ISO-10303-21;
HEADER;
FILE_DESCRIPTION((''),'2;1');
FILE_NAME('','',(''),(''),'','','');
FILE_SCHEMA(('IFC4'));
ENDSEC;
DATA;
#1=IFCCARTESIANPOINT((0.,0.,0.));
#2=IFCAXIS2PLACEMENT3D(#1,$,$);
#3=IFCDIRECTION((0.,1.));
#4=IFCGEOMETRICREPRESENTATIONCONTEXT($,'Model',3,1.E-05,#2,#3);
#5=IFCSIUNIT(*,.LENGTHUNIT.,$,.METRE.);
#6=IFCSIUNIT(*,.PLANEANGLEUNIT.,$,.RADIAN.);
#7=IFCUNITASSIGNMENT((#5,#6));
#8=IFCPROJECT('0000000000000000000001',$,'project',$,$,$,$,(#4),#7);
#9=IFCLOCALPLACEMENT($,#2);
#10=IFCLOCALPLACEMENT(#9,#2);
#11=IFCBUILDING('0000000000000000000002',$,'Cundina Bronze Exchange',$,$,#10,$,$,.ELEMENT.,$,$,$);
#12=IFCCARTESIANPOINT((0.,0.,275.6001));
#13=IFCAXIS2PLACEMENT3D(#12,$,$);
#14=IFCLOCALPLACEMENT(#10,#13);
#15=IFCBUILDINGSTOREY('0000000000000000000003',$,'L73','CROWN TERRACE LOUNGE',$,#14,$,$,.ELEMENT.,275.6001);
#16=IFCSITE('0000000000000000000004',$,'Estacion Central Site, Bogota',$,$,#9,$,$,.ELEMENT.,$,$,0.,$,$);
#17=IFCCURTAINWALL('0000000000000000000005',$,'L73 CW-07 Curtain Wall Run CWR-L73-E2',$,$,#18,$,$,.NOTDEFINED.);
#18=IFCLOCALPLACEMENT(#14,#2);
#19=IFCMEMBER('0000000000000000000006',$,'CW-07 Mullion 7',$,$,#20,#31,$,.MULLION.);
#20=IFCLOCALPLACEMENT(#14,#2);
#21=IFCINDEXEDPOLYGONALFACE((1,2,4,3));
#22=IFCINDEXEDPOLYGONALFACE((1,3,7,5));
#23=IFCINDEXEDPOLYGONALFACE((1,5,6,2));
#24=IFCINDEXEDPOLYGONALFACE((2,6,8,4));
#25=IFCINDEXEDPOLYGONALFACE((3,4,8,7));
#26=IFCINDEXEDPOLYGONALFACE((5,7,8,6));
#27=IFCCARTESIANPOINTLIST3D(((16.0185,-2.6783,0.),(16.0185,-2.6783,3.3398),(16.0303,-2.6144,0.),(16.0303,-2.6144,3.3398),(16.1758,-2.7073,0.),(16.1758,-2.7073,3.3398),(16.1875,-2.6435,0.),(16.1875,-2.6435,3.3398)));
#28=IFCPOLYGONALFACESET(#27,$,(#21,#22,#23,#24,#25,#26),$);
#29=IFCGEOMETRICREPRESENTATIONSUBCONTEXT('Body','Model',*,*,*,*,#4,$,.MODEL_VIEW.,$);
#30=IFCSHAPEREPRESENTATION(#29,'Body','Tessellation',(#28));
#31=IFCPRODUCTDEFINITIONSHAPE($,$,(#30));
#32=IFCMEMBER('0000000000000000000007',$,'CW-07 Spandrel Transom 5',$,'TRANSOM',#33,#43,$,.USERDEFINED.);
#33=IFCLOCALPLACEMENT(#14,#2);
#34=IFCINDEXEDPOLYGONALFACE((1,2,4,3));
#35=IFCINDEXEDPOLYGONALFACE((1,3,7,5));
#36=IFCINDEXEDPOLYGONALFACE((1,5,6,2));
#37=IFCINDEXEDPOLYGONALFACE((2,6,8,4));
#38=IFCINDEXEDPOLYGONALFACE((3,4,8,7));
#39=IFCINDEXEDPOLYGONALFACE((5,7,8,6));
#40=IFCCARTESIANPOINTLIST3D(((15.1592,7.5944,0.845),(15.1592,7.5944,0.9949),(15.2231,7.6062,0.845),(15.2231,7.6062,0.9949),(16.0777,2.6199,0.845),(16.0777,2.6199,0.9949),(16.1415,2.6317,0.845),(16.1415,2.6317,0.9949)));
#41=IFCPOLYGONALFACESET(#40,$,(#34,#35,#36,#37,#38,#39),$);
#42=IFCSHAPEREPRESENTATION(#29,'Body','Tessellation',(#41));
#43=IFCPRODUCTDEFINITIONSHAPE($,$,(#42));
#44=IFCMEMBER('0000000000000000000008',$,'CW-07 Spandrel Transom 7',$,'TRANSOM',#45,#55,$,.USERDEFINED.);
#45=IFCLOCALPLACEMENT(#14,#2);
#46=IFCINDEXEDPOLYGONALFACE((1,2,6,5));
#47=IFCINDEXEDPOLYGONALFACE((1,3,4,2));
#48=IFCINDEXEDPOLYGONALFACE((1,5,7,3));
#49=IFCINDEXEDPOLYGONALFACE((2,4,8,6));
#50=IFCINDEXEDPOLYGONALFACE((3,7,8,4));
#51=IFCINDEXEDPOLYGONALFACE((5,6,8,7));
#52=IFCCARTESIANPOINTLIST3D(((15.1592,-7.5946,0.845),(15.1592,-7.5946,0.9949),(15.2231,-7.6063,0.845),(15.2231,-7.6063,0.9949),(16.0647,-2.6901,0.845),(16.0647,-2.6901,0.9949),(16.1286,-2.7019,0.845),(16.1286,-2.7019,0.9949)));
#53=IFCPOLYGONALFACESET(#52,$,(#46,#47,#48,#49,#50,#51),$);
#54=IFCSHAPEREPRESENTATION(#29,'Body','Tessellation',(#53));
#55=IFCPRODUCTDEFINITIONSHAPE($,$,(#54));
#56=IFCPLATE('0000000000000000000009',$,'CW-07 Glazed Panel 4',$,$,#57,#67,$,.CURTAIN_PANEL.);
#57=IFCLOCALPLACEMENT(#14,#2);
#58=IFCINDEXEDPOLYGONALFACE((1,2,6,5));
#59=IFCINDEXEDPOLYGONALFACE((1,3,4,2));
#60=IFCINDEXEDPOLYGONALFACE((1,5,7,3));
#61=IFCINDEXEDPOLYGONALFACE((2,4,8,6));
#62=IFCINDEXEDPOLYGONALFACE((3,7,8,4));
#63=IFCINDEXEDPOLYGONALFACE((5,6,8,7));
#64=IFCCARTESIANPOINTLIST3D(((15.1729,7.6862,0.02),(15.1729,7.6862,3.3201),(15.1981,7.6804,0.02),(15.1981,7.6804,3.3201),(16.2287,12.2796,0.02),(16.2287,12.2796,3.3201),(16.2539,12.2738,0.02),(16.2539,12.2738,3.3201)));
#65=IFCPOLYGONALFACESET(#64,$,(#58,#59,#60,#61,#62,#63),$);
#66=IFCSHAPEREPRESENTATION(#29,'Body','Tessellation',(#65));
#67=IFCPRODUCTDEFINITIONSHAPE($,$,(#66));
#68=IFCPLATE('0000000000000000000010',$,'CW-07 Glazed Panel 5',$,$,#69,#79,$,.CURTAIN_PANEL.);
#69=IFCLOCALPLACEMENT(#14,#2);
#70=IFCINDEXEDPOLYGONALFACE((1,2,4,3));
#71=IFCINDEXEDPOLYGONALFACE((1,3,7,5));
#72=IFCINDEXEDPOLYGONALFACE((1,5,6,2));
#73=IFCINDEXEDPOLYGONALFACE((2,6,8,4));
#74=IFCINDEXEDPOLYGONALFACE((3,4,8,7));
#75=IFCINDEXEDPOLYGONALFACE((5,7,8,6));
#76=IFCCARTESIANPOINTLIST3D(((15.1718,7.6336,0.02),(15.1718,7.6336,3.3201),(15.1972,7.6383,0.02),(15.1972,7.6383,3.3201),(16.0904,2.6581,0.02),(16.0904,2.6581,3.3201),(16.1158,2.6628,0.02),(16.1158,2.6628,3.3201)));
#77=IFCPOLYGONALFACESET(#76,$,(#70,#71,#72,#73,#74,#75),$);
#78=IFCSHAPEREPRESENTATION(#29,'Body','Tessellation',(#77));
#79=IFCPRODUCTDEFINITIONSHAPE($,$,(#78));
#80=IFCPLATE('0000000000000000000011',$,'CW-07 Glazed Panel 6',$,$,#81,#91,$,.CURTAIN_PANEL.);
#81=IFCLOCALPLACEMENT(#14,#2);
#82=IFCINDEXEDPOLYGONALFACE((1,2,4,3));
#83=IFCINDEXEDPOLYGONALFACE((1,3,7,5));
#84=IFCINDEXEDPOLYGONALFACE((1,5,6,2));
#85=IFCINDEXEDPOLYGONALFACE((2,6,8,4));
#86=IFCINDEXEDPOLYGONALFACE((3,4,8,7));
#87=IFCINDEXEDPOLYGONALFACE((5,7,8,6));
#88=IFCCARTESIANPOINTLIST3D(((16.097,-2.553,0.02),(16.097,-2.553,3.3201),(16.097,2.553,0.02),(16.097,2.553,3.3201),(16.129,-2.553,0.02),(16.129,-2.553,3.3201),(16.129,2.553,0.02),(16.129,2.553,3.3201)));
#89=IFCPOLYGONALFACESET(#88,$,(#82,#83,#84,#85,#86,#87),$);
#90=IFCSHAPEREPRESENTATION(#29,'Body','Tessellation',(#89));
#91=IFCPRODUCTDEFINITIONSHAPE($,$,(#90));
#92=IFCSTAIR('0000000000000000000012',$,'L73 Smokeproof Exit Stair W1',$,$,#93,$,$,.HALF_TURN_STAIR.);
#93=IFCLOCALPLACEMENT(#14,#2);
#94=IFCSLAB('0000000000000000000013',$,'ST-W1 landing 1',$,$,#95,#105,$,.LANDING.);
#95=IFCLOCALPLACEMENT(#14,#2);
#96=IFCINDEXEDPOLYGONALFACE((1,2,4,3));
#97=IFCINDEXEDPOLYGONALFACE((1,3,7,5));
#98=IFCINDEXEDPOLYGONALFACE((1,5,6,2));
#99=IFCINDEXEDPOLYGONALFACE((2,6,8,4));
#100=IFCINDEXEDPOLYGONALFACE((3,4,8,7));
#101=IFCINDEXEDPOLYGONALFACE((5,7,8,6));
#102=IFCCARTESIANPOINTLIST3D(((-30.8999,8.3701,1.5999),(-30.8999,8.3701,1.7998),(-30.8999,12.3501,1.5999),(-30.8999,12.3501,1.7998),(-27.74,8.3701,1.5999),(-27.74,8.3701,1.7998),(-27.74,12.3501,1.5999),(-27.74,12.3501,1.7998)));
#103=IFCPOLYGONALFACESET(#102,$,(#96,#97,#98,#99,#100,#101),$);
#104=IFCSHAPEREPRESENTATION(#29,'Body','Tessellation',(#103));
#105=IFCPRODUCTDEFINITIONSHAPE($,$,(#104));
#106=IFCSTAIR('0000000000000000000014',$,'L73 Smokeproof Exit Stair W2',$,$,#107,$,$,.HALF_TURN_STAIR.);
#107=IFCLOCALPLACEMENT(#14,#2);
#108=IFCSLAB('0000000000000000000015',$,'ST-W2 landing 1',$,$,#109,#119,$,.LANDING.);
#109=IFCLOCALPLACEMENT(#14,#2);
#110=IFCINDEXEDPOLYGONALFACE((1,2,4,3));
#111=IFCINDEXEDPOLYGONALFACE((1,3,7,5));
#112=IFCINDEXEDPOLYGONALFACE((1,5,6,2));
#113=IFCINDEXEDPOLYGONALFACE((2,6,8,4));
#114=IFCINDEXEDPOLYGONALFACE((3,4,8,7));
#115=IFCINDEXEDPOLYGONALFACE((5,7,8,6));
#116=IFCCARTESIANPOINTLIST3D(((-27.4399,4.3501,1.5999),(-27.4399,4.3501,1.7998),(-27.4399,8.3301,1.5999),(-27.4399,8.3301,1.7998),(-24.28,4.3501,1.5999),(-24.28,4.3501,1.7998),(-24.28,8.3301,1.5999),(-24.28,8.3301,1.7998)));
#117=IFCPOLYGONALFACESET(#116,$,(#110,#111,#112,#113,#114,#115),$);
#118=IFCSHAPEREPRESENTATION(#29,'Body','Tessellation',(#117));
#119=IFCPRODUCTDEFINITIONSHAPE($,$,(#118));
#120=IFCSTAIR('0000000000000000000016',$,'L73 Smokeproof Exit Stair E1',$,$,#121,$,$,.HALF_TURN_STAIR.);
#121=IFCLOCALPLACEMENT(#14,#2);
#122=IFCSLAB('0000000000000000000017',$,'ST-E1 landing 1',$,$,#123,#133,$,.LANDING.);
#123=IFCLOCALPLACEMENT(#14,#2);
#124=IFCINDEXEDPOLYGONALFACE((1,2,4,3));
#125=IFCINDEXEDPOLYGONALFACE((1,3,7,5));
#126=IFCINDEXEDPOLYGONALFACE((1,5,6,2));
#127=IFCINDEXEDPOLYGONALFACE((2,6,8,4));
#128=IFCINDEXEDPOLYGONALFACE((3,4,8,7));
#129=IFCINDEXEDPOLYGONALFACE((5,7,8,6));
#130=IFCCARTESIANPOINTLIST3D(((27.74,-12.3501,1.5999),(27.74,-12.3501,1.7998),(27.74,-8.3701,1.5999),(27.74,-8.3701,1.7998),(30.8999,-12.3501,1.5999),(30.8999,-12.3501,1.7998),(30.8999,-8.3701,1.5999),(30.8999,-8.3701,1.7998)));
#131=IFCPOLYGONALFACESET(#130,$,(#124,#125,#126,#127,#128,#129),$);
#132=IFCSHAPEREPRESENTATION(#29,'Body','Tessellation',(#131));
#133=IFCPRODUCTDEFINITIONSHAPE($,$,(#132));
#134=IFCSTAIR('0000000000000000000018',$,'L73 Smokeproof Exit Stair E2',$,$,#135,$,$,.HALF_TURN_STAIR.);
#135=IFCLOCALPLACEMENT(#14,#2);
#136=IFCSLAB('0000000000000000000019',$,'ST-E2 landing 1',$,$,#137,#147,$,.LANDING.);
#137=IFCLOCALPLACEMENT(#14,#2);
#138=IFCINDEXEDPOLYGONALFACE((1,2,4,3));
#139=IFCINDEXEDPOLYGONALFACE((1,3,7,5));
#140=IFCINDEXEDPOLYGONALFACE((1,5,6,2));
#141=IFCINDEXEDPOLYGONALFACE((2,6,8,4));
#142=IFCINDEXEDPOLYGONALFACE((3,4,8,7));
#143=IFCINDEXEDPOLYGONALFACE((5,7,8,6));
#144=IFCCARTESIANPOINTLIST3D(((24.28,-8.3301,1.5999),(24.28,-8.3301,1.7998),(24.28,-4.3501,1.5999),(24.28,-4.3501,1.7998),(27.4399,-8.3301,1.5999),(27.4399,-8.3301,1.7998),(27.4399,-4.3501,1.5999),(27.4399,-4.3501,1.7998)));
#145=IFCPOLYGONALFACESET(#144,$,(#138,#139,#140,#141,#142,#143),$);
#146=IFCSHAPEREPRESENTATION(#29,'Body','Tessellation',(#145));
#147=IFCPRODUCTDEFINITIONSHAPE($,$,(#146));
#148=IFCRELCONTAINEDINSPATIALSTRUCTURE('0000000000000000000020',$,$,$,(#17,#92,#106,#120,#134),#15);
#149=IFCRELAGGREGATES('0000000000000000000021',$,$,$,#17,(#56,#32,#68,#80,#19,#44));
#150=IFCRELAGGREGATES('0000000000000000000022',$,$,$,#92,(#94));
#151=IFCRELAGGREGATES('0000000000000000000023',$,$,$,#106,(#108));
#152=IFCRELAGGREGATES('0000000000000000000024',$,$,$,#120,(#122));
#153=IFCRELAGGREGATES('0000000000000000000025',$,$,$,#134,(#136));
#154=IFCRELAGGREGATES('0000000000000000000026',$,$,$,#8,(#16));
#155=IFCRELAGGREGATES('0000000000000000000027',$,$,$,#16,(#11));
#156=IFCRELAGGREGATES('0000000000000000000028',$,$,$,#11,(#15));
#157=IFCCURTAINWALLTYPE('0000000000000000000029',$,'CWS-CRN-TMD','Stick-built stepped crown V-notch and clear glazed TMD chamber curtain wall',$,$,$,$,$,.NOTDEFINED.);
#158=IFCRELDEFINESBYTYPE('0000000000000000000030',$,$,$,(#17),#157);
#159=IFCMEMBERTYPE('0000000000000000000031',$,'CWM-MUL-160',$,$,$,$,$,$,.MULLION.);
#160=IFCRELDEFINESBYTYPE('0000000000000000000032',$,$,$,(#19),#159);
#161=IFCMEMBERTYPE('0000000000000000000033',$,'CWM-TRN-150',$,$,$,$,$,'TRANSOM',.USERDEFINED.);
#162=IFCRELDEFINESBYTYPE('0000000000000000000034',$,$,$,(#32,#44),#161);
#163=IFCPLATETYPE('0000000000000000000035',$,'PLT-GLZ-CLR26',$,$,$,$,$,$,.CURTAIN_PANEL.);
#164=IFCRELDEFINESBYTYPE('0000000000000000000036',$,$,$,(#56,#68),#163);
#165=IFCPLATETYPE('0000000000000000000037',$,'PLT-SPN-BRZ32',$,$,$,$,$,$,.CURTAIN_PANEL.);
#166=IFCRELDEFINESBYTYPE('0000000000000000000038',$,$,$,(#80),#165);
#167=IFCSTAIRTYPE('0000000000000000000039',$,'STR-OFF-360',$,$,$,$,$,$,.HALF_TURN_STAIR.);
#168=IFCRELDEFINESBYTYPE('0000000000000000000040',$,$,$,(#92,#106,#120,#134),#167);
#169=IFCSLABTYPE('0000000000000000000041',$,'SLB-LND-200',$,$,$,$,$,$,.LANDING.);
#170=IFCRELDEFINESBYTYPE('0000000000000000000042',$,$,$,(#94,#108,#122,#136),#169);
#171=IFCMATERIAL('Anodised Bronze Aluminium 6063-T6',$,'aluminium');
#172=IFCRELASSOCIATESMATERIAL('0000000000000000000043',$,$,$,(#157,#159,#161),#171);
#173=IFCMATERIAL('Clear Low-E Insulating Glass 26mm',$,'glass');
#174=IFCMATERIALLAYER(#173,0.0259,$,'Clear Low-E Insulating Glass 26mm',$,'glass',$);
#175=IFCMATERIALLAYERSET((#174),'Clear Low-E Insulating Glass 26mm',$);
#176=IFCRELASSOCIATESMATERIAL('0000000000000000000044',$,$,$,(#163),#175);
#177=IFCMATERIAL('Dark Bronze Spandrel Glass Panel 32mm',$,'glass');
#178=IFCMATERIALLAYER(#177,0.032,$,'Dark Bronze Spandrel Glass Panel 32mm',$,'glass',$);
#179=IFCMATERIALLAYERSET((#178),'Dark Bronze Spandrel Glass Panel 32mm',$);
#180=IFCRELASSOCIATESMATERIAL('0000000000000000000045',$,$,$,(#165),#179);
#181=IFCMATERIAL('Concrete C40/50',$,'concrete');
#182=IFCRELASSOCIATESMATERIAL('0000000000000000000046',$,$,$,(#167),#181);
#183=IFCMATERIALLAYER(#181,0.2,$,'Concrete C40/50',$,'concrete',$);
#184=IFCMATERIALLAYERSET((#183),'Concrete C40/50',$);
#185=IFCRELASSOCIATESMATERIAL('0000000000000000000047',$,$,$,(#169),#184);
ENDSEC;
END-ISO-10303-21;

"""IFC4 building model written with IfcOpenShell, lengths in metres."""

from ifc_helpers import new_model, si_unit, direction, frame, origin, origin_2d, place, context, subcontext, project, spatial, polyline, rectangle, outline, extrude, material, layer, layer_set, material_profile, profile_set, type_object, element, aggregate, save


model = new_model("IFC4")

# Units and contexts
model_context = context("Model", 3, precision=1e-05, world=origin(), true_north=direction((0.0, 1.0)))
body_context = subcontext(model_context, "Body", "Model", "MODEL_VIEW")
ifc_project = project(units=[si_unit("LENGTHUNIT", "METRE"), si_unit("PLANEANGLEUNIT", "RADIAN")], contexts=[model_context])

# Site, building, storey
site_placement = place(None, origin())
site = spatial("IfcSite", under=ifc_project, at=site_placement, Name="Estacion Central Site, Bogota", CompositionType="ELEMENT", RefElevation=0.0)
building_placement = place(site_placement, origin())
building = spatial("IfcBuilding", under=site, at=building_placement, Name="Cundina Bronze Exchange", CompositionType="ELEMENT")
storey_placement = place(building_placement, frame((0.0, 0.0, 275.6001)))
storey = spatial("IfcBuildingStorey", under=building, at=storey_placement, Name="L73", Description="CROWN TERRACE LOUNGE", CompositionType="ELEMENT", Elevation=275.6001)

# Curtain wall, members, plates
ifc_material_1 = material(Name="Anodised Bronze Aluminium 6063-T6", Category="aluminium")
curtain_wall_type = type_object("IfcCurtainWallType", Name="CWS-CRN-TMD", Description="Stick-built stepped crown V-notch and clear glazed TMD chamber curtain wall", PredefinedType="NOTDEFINED", material=ifc_material_1)
curtain_wall_placement = place(storey_placement, origin())
curtain_wall = element("IfcCurtainWall", 1, at=curtain_wall_placement, inside=storey, type_object=curtain_wall_type, Name="L73 CW-07 Curtain Wall Run CWR-L73-E2", PredefinedType="NOTDEFINED")
ifc_material_profile_1 = material_profile(ifc_material_1, rectangle(XDim=0.0649, YDim=0.1599, at=origin_2d()), Name="AL65X160", Category="aluminium")
ifc_profile_set_1 = profile_set([ifc_material_profile_1], Name="Anodised Bronze Aluminium 6063-T6")
member_type_1 = type_object("IfcMemberType", Name="CWM-MUL-160", PredefinedType="MULLION", material=ifc_profile_set_1)
member_1_placement = place(storey_placement, frame((16.103, -2.6609, 0.0), z_axis=(0.0, 0.0, 1.0), x_axis=(-0.181549, -0.983382, 0.0)))
member_1 = element("IfcMember", 2, at=member_1_placement, type_object=member_type_1, Name="CW-07 Mullion 7", PredefinedType="MULLION", context=body_context, shape_type="SweptSolid", body=[
    extrude(rectangle(XDim=0.0649, YDim=0.1599, at=origin_2d()), origin(), (0.0, 0.0, 1.0), 3.3398),
])
ifc_material_profile_2 = material_profile(ifc_material_1, rectangle(XDim=0.0649, YDim=0.1499, at=origin_2d()), Name="AL65X150", Category="aluminium")
ifc_profile_set_2 = profile_set([ifc_material_profile_2], Name="Anodised Bronze Aluminium 6063-T6")
member_type_2 = type_object("IfcMemberType", Name="CWM-TRN-150", ElementType="TRANSOM", PredefinedType="USERDEFINED", material=ifc_profile_set_2)
member_2_placement = place(storey_placement, frame((15.1912, 7.6003, 0.9199), z_axis=(0.18156, -0.98338, 0.0), x_axis=(0.98338, 0.18156, 0.0)))
member_2 = element("IfcMember", 3, at=member_2_placement, type_object=member_type_2, Name="CW-07 Spandrel Transom 5", ObjectType="TRANSOM", PredefinedType="USERDEFINED", context=body_context, shape_type="SweptSolid", body=[
    extrude(rectangle(XDim=0.0649, YDim=0.1499, at=origin_2d()), origin(), (0.0, 0.0, 1.0), 5.0586),
])
member_3_placement = place(storey_placement, frame((16.0967, -2.696, 0.9199), z_axis=(-0.181569, -0.983378, 0.0), x_axis=(0.983378, -0.181569, 0.0)))
member_3 = element("IfcMember", 4, at=member_3_placement, type_object=member_type_2, Name="CW-07 Spandrel Transom 7", ObjectType="TRANSOM", PredefinedType="USERDEFINED", context=body_context, shape_type="SweptSolid", body=[
    extrude(rectangle(XDim=0.0649, YDim=0.1499, at=origin_2d()), origin(), (0.0, 0.0, 1.0), 4.9873),
])
ifc_material_2 = material(Name="Clear Low-E Insulating Glass 26mm", Category="glass")
ifc_layer_1 = layer(ifc_material_2, 0.0259, Name="Clear Low-E Insulating Glass 26mm", Category="glass")
ifc_layer_set_1 = layer_set([ifc_layer_1], Name="Clear Low-E Insulating Glass 26mm")
plate_type_1 = type_object("IfcPlateType", Name="PLT-GLZ-CLR26", PredefinedType="CURTAIN_PANEL", material=ifc_layer_set_1)
plate_1_placement = place(storey_placement, frame((15.7134, 9.98, 0.02), z_axis=(0.0, 0.0, 1.0), x_axis=(-0.224016, -0.974586, 0.0)))
plate_1 = element("IfcPlate", 5, at=plate_1_placement, type_object=plate_type_1, Name="CW-07 Glazed Panel 4", PredefinedType="CURTAIN_PANEL", context=body_context, shape_type="SweptSolid", body=[
    extrude(rectangle(XDim=4.7131, YDim=0.0259, at=origin_2d()), origin(), (0.0, 0.0, 1.0), 3.3),
])
plate_2_placement = place(storey_placement, frame((15.6438, 5.1482, 0.02), z_axis=(0.0, 0.0, 1.0), x_axis=(0.181566, -0.983379, 0.0)))
plate_2 = element("IfcPlate", 6, at=plate_2_placement, type_object=plate_type_1, Name="CW-07 Glazed Panel 5", PredefinedType="CURTAIN_PANEL", context=body_context, shape_type="SweptSolid", body=[
    extrude(rectangle(XDim=5.0596, YDim=0.0259, at=origin_2d()), origin(), (0.0, 0.0, 1.0), 3.3),
])
ifc_material_3 = material(Name="Dark Bronze Spandrel Glass Panel 32mm", Category="glass")
ifc_layer_2 = layer(ifc_material_3, 0.032, Name="Dark Bronze Spandrel Glass Panel 32mm", Category="glass")
ifc_layer_set_2 = layer_set([ifc_layer_2], Name="Dark Bronze Spandrel Glass Panel 32mm")
plate_type_2 = type_object("IfcPlateType", Name="PLT-SPN-BRZ32", PredefinedType="CURTAIN_PANEL", material=ifc_layer_set_2)
plate_3_placement = place(storey_placement, frame((16.113, 0.0, 0.02), z_axis=(0.0, 0.0, 1.0), x_axis=(0.0, -1.0, 0.0)))
plate_3 = element("IfcPlate", 7, at=plate_3_placement, type_object=plate_type_2, Name="CW-07 Glazed Panel 6", PredefinedType="CURTAIN_PANEL", context=body_context, shape_type="SweptSolid", body=[
    extrude(rectangle(XDim=5.106, YDim=0.032, at=origin_2d()), origin(), (0.0, 0.0, 1.0), 3.3),
])
aggregate(curtain_wall, [plate_1, member_2, plate_2, plate_3, member_1, member_3])

# Stairs, slabs
ifc_material_4 = material(Name="Concrete C40/50", Category="concrete")
stair_type = type_object("IfcStairType", Name="STR-OFF-360", PredefinedType="HALF_TURN_STAIR", material=ifc_material_4)
stair_1_placement = place(storey_placement, origin())
stair_1 = element("IfcStair", 8, at=stair_1_placement, inside=storey, type_object=stair_type, Name="L73 Smokeproof Exit Stair W1", PredefinedType="HALF_TURN_STAIR")
ifc_layer_3 = layer(ifc_material_4, 0.2, Name="Concrete C40/50", Category="concrete")
ifc_layer_set_3 = layer_set([ifc_layer_3], Name="Concrete C40/50")
slab_type_1 = type_object("IfcSlabType", Name="SLB-LND-200", PredefinedType="LANDING", material=ifc_layer_set_3)
slab_1_placement = place(storey_placement, frame((0.0, 0.0, 1.5999)))
slab_1 = element("IfcSlab", 9, at=slab_1_placement, type_object=slab_type_1, Name="ST-W1 landing 1", PredefinedType="LANDING", context=body_context, shape_type="SweptSolid", body=[
    extrude(outline(polyline([(-27.74, 8.3701), (-27.74, 12.3501), (-30.8999, 12.3501), (-30.8999, 8.3701), (-27.74, 8.3701)])), origin(), (0.0, 0.0, 1.0), 0.2),
])
aggregate(stair_1, [slab_1])
stair_2_placement = place(storey_placement, origin())
stair_2 = element("IfcStair", 10, at=stair_2_placement, inside=storey, type_object=stair_type, Name="L73 Smokeproof Exit Stair W2", PredefinedType="HALF_TURN_STAIR")
slab_2_placement = place(storey_placement, frame((0.0, 0.0, 1.5999)))
slab_2 = element("IfcSlab", 11, at=slab_2_placement, type_object=slab_type_1, Name="ST-W2 landing 1", PredefinedType="LANDING", context=body_context, shape_type="SweptSolid", body=[
    extrude(outline(polyline([(-27.4399, 8.3301), (-27.4399, 4.3501), (-24.28, 4.3501), (-24.28, 8.3301), (-27.4399, 8.3301)])), origin(), (0.0, 0.0, 1.0), 0.2),
])
aggregate(stair_2, [slab_2])
stair_3_placement = place(storey_placement, origin())
stair_3 = element("IfcStair", 12, at=stair_3_placement, inside=storey, type_object=stair_type, Name="L73 Smokeproof Exit Stair E1", PredefinedType="HALF_TURN_STAIR")
slab_3_placement = place(storey_placement, frame((0.0, 0.0, 1.5999)))
slab_3 = element("IfcSlab", 13, at=slab_3_placement, type_object=slab_type_1, Name="ST-E1 landing 1", PredefinedType="LANDING", context=body_context, shape_type="SweptSolid", body=[
    extrude(outline(polyline([(27.74, -8.3701), (27.74, -12.3501), (30.8999, -12.3501), (30.8999, -8.3701), (27.74, -8.3701)])), origin(), (0.0, 0.0, 1.0), 0.2),
])
aggregate(stair_3, [slab_3])
stair_4_placement = place(storey_placement, origin())
stair_4 = element("IfcStair", 14, at=stair_4_placement, inside=storey, type_object=stair_type, Name="L73 Smokeproof Exit Stair E2", PredefinedType="HALF_TURN_STAIR")
slab_4_placement = place(storey_placement, frame((0.0, 0.0, 1.5999)))
slab_4 = element("IfcSlab", 15, at=slab_4_placement, type_object=slab_type_1, Name="ST-E2 landing 1", PredefinedType="LANDING", context=body_context, shape_type="SweptSolid", body=[
    extrude(outline(polyline([(27.4399, -8.3301), (27.4399, -4.3501), (24.28, -4.3501), (24.28, -8.3301), (27.4399, -8.3301)])), origin(), (0.0, 0.0, 1.0), 0.2),
])
aggregate(stair_4, [slab_4])

save(model, "model.ifc")
